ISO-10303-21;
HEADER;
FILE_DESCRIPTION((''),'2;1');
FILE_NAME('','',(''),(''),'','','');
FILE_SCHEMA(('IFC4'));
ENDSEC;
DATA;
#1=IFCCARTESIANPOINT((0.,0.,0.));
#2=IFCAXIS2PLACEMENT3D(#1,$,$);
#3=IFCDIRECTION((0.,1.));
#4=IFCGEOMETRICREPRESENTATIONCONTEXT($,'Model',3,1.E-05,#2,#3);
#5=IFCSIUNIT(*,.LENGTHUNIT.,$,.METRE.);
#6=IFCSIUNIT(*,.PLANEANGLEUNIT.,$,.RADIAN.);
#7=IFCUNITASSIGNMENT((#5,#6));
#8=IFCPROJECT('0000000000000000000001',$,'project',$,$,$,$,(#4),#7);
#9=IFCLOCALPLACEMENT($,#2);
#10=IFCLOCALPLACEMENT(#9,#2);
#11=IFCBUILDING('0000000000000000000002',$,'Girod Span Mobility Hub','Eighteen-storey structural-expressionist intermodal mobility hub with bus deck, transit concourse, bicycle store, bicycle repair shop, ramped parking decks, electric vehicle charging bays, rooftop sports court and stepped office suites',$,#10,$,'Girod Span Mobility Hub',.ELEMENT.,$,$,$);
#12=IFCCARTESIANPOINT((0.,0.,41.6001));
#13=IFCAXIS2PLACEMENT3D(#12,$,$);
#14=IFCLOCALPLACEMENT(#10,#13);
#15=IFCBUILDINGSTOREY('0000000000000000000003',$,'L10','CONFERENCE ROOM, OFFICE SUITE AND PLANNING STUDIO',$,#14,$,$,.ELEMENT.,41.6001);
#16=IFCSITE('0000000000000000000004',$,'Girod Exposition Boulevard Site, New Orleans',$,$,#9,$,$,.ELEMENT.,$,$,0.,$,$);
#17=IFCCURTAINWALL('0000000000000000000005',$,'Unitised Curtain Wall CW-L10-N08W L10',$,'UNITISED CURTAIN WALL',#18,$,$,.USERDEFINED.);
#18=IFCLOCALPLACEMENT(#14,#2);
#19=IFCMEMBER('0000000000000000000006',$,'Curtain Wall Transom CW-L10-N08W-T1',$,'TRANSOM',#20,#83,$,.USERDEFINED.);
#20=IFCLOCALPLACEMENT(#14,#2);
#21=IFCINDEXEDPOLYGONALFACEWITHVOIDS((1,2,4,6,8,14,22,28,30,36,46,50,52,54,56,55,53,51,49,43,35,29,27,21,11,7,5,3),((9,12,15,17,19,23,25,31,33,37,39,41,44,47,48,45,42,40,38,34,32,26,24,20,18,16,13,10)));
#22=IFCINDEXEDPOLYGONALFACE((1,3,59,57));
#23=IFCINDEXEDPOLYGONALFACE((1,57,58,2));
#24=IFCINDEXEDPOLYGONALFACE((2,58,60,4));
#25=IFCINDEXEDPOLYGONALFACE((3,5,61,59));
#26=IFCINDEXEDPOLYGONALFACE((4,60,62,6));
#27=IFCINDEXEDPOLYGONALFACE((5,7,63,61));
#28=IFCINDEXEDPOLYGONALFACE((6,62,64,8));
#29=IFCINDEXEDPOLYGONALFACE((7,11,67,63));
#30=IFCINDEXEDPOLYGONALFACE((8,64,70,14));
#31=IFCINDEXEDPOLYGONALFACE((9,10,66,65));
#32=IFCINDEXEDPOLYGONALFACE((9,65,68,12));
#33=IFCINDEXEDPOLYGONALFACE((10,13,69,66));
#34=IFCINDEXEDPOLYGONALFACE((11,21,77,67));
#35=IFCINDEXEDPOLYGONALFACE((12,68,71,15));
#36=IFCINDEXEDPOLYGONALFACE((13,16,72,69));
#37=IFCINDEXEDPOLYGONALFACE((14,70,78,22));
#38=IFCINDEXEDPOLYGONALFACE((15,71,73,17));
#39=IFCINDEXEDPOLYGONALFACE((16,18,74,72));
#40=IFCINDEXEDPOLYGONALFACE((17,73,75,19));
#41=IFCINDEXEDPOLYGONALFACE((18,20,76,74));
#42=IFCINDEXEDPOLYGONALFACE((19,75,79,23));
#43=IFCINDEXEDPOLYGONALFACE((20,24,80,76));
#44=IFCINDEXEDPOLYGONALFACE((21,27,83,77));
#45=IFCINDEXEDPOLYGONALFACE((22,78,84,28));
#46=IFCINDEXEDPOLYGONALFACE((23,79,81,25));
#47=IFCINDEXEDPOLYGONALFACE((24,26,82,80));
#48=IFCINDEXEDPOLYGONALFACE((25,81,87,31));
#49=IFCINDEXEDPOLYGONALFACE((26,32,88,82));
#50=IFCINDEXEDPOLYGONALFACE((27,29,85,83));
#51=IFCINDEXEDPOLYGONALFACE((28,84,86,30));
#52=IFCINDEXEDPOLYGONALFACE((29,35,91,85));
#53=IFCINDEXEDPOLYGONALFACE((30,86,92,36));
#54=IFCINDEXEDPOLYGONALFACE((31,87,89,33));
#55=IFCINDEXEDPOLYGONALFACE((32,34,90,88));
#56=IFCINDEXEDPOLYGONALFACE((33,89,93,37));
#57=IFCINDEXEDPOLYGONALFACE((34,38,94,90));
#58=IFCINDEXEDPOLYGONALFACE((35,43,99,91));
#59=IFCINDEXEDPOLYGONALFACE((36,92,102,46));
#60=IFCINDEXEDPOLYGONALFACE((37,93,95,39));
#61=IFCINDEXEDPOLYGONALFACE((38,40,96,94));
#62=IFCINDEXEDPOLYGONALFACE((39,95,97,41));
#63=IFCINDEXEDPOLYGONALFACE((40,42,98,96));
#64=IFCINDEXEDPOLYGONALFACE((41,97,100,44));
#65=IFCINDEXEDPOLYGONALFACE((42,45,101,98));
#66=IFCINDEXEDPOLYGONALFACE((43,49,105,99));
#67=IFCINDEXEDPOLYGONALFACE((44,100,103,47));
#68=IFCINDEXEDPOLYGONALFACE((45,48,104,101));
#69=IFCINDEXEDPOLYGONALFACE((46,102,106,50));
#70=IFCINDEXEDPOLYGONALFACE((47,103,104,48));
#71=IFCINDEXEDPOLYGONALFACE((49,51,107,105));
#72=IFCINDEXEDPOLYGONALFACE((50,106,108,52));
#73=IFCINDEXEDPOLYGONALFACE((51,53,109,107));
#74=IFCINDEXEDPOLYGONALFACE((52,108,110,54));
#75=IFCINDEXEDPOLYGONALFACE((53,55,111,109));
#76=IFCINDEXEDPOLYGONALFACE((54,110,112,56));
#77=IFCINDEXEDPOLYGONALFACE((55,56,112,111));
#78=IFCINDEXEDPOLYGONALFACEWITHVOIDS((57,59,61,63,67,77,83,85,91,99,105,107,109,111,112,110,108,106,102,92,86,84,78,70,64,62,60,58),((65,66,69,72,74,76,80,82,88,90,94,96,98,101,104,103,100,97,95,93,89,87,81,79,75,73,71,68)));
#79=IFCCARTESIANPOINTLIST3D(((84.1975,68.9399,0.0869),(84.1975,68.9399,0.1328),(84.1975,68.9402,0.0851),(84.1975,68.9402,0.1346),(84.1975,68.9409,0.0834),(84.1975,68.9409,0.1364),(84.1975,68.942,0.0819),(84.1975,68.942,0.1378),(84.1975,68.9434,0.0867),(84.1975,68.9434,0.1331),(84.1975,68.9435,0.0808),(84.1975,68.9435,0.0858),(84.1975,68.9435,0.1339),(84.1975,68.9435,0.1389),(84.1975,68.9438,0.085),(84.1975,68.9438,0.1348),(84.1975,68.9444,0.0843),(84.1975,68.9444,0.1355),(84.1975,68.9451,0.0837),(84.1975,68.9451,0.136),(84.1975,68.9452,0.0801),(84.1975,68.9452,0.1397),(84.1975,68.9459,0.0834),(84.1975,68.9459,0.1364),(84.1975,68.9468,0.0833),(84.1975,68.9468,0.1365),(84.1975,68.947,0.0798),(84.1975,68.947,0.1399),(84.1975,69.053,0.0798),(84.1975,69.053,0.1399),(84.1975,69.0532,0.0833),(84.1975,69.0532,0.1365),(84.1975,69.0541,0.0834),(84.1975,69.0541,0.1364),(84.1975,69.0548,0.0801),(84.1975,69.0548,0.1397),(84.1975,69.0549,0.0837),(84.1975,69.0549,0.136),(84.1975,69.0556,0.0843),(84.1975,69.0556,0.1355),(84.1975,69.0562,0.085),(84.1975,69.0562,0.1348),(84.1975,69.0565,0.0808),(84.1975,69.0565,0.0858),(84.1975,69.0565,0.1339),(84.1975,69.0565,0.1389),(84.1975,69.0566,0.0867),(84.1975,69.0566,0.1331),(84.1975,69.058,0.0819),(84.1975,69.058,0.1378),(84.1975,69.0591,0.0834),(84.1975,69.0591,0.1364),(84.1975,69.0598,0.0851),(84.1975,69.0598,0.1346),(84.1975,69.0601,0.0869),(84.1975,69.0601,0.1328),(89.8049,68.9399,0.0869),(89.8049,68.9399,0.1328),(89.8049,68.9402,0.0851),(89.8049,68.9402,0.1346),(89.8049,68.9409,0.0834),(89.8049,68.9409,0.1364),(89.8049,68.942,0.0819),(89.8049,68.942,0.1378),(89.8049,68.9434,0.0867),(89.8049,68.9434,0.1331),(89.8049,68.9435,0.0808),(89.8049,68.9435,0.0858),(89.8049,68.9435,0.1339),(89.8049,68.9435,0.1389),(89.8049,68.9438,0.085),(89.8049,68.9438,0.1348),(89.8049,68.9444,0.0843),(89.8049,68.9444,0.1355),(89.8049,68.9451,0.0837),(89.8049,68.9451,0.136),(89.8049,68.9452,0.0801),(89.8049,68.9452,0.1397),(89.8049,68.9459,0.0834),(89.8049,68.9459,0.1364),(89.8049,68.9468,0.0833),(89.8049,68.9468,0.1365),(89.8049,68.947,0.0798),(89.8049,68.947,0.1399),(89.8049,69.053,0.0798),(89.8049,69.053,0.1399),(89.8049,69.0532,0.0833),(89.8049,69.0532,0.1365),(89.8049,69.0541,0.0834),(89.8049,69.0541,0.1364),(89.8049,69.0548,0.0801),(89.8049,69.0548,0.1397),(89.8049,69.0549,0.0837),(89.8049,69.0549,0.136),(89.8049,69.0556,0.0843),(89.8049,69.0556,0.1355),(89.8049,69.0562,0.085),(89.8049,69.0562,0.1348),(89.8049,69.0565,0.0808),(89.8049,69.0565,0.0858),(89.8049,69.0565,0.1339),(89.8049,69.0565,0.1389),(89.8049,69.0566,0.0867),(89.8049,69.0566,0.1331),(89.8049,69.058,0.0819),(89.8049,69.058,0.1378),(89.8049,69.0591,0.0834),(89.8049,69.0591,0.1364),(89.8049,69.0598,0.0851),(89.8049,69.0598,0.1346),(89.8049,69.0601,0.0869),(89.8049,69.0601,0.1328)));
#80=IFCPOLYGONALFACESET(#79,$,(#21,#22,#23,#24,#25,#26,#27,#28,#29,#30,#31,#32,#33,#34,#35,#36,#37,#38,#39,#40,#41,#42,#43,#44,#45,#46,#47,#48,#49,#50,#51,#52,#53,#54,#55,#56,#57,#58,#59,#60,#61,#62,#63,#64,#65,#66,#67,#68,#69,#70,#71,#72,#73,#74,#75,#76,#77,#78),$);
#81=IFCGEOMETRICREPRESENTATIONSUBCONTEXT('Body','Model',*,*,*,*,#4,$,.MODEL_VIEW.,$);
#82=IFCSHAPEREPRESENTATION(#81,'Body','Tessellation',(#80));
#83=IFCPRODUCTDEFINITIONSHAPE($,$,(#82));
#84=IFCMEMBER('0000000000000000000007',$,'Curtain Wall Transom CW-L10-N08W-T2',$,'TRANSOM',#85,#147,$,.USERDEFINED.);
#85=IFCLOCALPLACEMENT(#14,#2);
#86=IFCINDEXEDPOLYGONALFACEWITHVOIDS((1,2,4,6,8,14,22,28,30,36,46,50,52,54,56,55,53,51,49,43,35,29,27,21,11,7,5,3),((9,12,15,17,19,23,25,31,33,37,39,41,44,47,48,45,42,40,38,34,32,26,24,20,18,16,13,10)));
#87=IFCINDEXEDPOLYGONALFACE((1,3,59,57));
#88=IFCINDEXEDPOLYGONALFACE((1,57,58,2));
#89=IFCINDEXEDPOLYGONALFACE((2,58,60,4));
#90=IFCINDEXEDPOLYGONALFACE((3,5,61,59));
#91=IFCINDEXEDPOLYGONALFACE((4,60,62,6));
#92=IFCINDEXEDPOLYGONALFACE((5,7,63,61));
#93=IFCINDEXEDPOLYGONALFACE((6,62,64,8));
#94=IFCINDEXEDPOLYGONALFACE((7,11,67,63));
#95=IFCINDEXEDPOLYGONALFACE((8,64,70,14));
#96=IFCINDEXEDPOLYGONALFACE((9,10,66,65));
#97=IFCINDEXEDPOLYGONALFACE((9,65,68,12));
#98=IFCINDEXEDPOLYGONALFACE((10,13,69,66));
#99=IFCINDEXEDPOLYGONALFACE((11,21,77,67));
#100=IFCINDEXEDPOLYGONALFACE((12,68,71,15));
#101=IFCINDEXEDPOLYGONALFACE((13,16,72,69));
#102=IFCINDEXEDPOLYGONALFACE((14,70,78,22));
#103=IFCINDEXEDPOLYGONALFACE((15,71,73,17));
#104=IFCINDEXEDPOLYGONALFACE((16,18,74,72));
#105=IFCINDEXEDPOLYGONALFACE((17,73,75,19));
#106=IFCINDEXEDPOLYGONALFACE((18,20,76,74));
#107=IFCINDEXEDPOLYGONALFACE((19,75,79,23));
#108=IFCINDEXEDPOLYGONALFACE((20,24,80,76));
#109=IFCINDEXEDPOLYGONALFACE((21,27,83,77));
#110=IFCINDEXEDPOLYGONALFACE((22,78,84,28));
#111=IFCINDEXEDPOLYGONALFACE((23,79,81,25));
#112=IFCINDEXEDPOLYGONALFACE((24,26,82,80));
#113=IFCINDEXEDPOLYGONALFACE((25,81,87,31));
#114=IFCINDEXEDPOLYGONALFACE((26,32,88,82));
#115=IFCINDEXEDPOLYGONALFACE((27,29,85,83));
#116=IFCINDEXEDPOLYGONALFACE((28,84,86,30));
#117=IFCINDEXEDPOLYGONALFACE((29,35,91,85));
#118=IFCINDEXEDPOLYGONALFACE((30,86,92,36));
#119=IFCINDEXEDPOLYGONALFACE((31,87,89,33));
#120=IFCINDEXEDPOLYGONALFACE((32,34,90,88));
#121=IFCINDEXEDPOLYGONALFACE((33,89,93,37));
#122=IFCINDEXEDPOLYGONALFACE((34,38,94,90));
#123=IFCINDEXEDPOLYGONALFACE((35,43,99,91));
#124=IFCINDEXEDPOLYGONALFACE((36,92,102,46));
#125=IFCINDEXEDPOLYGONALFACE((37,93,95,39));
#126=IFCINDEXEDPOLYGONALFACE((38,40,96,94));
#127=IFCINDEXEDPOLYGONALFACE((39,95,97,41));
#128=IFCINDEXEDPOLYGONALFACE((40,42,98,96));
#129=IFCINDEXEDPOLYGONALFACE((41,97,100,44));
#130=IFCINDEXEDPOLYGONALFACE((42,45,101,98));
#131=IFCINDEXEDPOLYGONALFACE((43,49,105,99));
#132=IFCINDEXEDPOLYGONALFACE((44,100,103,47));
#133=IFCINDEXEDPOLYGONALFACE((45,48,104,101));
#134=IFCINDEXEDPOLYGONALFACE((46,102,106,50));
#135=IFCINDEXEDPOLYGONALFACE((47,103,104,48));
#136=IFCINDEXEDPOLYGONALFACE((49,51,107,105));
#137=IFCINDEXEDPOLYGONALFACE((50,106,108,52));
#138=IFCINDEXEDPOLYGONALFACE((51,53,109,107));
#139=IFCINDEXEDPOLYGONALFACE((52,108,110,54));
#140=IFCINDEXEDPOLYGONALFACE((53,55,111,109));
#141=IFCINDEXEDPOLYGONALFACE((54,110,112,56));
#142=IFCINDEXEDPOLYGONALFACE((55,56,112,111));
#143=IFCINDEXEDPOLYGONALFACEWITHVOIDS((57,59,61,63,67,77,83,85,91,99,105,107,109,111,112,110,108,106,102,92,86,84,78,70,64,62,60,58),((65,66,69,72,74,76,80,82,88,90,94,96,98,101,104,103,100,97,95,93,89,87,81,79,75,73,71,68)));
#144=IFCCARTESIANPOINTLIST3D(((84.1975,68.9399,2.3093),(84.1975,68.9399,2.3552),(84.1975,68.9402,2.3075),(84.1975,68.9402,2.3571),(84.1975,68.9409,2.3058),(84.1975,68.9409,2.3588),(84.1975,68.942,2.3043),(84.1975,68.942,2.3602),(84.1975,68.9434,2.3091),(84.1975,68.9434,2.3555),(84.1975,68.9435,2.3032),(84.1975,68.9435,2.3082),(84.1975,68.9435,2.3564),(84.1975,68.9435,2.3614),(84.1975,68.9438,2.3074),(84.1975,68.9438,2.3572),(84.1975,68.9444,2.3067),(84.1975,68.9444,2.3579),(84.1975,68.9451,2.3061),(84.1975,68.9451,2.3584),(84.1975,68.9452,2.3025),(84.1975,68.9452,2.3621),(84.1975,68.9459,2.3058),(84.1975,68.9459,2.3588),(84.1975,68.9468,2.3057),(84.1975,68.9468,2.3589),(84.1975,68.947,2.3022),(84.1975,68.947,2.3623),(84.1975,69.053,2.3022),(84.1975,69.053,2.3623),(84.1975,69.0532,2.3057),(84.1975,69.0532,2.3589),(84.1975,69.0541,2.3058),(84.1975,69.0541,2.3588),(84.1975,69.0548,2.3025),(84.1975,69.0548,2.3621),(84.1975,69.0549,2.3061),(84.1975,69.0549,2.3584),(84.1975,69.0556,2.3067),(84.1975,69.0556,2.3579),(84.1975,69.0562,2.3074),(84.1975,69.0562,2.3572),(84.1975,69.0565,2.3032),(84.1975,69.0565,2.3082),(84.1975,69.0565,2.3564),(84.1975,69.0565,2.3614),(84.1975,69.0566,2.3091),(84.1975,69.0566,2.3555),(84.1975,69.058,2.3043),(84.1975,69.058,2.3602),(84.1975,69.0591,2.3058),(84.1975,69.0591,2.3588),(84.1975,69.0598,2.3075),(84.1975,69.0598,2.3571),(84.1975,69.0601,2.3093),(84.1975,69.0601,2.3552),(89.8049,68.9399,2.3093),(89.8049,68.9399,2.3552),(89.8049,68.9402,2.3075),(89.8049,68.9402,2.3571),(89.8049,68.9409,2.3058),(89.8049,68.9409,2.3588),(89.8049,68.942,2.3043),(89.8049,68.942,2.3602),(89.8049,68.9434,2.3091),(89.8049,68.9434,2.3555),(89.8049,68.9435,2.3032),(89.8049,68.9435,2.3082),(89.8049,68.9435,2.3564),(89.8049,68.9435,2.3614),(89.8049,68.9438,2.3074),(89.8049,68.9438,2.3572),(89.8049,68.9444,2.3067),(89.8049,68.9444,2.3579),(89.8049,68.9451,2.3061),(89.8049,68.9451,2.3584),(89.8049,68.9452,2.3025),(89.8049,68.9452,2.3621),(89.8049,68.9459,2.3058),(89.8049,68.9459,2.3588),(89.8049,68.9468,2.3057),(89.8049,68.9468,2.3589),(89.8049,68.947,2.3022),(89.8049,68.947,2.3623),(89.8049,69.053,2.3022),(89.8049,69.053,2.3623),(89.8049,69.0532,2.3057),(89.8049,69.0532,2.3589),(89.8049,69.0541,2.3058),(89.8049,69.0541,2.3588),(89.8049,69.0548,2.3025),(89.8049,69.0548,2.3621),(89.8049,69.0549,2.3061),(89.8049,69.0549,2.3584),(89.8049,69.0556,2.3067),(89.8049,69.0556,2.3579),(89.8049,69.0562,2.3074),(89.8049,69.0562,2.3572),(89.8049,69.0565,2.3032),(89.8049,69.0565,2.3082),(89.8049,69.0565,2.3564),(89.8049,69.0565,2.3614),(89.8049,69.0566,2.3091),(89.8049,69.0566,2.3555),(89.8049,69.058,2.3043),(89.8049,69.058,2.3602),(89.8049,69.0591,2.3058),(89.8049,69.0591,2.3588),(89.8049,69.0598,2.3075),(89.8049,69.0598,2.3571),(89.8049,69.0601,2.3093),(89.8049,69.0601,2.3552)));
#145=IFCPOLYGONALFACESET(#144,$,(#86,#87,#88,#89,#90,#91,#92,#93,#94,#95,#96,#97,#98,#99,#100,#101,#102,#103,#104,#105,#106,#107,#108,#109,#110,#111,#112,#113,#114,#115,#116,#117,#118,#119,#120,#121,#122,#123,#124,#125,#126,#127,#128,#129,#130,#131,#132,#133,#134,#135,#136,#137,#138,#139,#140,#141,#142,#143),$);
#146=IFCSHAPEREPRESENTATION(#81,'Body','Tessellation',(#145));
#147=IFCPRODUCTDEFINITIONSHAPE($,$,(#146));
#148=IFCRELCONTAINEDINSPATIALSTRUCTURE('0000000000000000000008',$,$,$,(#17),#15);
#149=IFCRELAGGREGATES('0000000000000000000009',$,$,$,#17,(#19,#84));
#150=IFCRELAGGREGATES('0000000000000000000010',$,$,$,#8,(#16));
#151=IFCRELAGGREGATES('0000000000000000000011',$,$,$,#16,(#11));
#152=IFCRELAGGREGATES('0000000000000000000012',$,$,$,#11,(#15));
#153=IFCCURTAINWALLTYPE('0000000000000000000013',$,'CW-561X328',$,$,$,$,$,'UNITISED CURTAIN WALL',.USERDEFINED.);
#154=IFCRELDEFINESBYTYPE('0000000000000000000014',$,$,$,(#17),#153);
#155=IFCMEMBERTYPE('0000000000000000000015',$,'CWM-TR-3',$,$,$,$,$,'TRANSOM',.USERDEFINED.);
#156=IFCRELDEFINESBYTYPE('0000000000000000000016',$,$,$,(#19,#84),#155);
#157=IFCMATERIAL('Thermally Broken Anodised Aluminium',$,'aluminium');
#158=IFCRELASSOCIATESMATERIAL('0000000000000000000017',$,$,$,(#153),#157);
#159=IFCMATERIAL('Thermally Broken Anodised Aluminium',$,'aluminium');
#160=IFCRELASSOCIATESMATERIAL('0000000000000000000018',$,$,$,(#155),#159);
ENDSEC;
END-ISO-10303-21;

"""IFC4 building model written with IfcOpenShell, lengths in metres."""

from ifc_helpers import new_model, si_unit, direction, frame, origin, origin_2d, place, context, subcontext, project, spatial, hollow_rectangle, extrude, material, material_profile, profile_set, type_object, element, aggregate, save


model = new_model("IFC4")

# Units and contexts
model_context = context("Model", 3, precision=1e-05, world=origin(), true_north=direction((0.0, 1.0)))
body_context = subcontext(model_context, "Body", "Model", "MODEL_VIEW")
ifc_project = project(units=[si_unit("LENGTHUNIT", "METRE"), si_unit("PLANEANGLEUNIT", "RADIAN")], contexts=[model_context])

# Site, building, storey
site_placement = place(None, origin())
site = spatial("IfcSite", under=ifc_project, at=site_placement, Name="Girod Exposition Boulevard Site, New Orleans", CompositionType="ELEMENT", RefElevation=0.0)
building_placement = place(site_placement, origin())
building = spatial("IfcBuilding", under=site, at=building_placement, Name="Girod Span Mobility Hub", Description="Eighteen-storey structural-expressionist intermodal mobility hub with bus deck, transit concourse, bicycle store, bicycle repair shop, ramped parking decks, electric vehicle charging bays, rooftop sports court and stepped office suites", LongName="Girod Span Mobility Hub", CompositionType="ELEMENT")
storey_placement = place(building_placement, frame((0.0, 0.0, 41.6001)))
storey = spatial("IfcBuildingStorey", under=building, at=storey_placement, Name="L10", Description="CONFERENCE ROOM, OFFICE SUITE AND PLANNING STUDIO", CompositionType="ELEMENT", Elevation=41.6001)

# Curtain wall
ifc_material_1 = material(Name="Thermally Broken Anodised Aluminium", Category="aluminium")
curtain_wall_type = type_object("IfcCurtainWallType", Name="CW-561X328", ElementType="UNITISED CURTAIN WALL", PredefinedType="USERDEFINED", material=ifc_material_1)
curtain_wall_1_placement = place(storey_placement, origin())
curtain_wall_1 = element("IfcCurtainWall", 1, at=curtain_wall_1_placement, inside=storey, type_object=curtain_wall_type, Name="Unitised Curtain Wall CW-L10-N08W L10", ObjectType="UNITISED CURTAIN WALL", PredefinedType="USERDEFINED")

# Members
ifc_material_2 = material(Name="Thermally Broken Anodised Aluminium", Category="aluminium")
ifc_material_profile_1 = material_profile(ifc_material_2, hollow_rectangle(XDim=0.1201, YDim=0.0601, WallThickness=0.0034, InnerFilletRadius=0.0034, OuterFilletRadius=0.0071, at=origin_2d()), Name="CW-TR-60X120")
ifc_profile_set_1 = profile_set([ifc_material_profile_1], Name="Thermally Broken Anodised Aluminium")
member_type_1 = type_object("IfcMemberType", Name="CWM-TR-3", ElementType="TRANSOM", PredefinedType="USERDEFINED", material=ifc_profile_set_1)
member_1_placement = place(storey_placement, frame((84.1975, 69.0, 0.1099), z_axis=(1.0, 0.0, 0.0), x_axis=(0.0, 1.0, 0.0)))
member_1 = element("IfcMember", 2, at=member_1_placement, type_object=member_type_1, Name="Curtain Wall Transom CW-L10-N08W-T1", ObjectType="TRANSOM", PredefinedType="USERDEFINED", context=body_context, shape_type="SweptSolid", body=[
    extrude(hollow_rectangle(XDim=0.1201, YDim=0.0601, WallThickness=0.0034, InnerFilletRadius=0.0034, OuterFilletRadius=0.0071, at=origin_2d()), origin(), (0.0, 0.0, 1.0), 5.6074),
])
member_2_placement = place(storey_placement, frame((84.1975, 69.0, 2.3323), z_axis=(1.0, 0.0, 0.0), x_axis=(0.0, 1.0, 0.0)))
member_2 = element("IfcMember", 3, at=member_2_placement, type_object=member_type_1, Name="Curtain Wall Transom CW-L10-N08W-T2", ObjectType="TRANSOM", PredefinedType="USERDEFINED", context=body_context, shape_type="SweptSolid", body=[
    extrude(hollow_rectangle(XDim=0.1201, YDim=0.0601, WallThickness=0.0034, InnerFilletRadius=0.0034, OuterFilletRadius=0.0071, at=origin_2d()), origin(), (0.0, 0.0, 1.0), 5.6074),
])

aggregate(curtain_wall_1, [member_1, member_2])

save(model, "model.ifc")
